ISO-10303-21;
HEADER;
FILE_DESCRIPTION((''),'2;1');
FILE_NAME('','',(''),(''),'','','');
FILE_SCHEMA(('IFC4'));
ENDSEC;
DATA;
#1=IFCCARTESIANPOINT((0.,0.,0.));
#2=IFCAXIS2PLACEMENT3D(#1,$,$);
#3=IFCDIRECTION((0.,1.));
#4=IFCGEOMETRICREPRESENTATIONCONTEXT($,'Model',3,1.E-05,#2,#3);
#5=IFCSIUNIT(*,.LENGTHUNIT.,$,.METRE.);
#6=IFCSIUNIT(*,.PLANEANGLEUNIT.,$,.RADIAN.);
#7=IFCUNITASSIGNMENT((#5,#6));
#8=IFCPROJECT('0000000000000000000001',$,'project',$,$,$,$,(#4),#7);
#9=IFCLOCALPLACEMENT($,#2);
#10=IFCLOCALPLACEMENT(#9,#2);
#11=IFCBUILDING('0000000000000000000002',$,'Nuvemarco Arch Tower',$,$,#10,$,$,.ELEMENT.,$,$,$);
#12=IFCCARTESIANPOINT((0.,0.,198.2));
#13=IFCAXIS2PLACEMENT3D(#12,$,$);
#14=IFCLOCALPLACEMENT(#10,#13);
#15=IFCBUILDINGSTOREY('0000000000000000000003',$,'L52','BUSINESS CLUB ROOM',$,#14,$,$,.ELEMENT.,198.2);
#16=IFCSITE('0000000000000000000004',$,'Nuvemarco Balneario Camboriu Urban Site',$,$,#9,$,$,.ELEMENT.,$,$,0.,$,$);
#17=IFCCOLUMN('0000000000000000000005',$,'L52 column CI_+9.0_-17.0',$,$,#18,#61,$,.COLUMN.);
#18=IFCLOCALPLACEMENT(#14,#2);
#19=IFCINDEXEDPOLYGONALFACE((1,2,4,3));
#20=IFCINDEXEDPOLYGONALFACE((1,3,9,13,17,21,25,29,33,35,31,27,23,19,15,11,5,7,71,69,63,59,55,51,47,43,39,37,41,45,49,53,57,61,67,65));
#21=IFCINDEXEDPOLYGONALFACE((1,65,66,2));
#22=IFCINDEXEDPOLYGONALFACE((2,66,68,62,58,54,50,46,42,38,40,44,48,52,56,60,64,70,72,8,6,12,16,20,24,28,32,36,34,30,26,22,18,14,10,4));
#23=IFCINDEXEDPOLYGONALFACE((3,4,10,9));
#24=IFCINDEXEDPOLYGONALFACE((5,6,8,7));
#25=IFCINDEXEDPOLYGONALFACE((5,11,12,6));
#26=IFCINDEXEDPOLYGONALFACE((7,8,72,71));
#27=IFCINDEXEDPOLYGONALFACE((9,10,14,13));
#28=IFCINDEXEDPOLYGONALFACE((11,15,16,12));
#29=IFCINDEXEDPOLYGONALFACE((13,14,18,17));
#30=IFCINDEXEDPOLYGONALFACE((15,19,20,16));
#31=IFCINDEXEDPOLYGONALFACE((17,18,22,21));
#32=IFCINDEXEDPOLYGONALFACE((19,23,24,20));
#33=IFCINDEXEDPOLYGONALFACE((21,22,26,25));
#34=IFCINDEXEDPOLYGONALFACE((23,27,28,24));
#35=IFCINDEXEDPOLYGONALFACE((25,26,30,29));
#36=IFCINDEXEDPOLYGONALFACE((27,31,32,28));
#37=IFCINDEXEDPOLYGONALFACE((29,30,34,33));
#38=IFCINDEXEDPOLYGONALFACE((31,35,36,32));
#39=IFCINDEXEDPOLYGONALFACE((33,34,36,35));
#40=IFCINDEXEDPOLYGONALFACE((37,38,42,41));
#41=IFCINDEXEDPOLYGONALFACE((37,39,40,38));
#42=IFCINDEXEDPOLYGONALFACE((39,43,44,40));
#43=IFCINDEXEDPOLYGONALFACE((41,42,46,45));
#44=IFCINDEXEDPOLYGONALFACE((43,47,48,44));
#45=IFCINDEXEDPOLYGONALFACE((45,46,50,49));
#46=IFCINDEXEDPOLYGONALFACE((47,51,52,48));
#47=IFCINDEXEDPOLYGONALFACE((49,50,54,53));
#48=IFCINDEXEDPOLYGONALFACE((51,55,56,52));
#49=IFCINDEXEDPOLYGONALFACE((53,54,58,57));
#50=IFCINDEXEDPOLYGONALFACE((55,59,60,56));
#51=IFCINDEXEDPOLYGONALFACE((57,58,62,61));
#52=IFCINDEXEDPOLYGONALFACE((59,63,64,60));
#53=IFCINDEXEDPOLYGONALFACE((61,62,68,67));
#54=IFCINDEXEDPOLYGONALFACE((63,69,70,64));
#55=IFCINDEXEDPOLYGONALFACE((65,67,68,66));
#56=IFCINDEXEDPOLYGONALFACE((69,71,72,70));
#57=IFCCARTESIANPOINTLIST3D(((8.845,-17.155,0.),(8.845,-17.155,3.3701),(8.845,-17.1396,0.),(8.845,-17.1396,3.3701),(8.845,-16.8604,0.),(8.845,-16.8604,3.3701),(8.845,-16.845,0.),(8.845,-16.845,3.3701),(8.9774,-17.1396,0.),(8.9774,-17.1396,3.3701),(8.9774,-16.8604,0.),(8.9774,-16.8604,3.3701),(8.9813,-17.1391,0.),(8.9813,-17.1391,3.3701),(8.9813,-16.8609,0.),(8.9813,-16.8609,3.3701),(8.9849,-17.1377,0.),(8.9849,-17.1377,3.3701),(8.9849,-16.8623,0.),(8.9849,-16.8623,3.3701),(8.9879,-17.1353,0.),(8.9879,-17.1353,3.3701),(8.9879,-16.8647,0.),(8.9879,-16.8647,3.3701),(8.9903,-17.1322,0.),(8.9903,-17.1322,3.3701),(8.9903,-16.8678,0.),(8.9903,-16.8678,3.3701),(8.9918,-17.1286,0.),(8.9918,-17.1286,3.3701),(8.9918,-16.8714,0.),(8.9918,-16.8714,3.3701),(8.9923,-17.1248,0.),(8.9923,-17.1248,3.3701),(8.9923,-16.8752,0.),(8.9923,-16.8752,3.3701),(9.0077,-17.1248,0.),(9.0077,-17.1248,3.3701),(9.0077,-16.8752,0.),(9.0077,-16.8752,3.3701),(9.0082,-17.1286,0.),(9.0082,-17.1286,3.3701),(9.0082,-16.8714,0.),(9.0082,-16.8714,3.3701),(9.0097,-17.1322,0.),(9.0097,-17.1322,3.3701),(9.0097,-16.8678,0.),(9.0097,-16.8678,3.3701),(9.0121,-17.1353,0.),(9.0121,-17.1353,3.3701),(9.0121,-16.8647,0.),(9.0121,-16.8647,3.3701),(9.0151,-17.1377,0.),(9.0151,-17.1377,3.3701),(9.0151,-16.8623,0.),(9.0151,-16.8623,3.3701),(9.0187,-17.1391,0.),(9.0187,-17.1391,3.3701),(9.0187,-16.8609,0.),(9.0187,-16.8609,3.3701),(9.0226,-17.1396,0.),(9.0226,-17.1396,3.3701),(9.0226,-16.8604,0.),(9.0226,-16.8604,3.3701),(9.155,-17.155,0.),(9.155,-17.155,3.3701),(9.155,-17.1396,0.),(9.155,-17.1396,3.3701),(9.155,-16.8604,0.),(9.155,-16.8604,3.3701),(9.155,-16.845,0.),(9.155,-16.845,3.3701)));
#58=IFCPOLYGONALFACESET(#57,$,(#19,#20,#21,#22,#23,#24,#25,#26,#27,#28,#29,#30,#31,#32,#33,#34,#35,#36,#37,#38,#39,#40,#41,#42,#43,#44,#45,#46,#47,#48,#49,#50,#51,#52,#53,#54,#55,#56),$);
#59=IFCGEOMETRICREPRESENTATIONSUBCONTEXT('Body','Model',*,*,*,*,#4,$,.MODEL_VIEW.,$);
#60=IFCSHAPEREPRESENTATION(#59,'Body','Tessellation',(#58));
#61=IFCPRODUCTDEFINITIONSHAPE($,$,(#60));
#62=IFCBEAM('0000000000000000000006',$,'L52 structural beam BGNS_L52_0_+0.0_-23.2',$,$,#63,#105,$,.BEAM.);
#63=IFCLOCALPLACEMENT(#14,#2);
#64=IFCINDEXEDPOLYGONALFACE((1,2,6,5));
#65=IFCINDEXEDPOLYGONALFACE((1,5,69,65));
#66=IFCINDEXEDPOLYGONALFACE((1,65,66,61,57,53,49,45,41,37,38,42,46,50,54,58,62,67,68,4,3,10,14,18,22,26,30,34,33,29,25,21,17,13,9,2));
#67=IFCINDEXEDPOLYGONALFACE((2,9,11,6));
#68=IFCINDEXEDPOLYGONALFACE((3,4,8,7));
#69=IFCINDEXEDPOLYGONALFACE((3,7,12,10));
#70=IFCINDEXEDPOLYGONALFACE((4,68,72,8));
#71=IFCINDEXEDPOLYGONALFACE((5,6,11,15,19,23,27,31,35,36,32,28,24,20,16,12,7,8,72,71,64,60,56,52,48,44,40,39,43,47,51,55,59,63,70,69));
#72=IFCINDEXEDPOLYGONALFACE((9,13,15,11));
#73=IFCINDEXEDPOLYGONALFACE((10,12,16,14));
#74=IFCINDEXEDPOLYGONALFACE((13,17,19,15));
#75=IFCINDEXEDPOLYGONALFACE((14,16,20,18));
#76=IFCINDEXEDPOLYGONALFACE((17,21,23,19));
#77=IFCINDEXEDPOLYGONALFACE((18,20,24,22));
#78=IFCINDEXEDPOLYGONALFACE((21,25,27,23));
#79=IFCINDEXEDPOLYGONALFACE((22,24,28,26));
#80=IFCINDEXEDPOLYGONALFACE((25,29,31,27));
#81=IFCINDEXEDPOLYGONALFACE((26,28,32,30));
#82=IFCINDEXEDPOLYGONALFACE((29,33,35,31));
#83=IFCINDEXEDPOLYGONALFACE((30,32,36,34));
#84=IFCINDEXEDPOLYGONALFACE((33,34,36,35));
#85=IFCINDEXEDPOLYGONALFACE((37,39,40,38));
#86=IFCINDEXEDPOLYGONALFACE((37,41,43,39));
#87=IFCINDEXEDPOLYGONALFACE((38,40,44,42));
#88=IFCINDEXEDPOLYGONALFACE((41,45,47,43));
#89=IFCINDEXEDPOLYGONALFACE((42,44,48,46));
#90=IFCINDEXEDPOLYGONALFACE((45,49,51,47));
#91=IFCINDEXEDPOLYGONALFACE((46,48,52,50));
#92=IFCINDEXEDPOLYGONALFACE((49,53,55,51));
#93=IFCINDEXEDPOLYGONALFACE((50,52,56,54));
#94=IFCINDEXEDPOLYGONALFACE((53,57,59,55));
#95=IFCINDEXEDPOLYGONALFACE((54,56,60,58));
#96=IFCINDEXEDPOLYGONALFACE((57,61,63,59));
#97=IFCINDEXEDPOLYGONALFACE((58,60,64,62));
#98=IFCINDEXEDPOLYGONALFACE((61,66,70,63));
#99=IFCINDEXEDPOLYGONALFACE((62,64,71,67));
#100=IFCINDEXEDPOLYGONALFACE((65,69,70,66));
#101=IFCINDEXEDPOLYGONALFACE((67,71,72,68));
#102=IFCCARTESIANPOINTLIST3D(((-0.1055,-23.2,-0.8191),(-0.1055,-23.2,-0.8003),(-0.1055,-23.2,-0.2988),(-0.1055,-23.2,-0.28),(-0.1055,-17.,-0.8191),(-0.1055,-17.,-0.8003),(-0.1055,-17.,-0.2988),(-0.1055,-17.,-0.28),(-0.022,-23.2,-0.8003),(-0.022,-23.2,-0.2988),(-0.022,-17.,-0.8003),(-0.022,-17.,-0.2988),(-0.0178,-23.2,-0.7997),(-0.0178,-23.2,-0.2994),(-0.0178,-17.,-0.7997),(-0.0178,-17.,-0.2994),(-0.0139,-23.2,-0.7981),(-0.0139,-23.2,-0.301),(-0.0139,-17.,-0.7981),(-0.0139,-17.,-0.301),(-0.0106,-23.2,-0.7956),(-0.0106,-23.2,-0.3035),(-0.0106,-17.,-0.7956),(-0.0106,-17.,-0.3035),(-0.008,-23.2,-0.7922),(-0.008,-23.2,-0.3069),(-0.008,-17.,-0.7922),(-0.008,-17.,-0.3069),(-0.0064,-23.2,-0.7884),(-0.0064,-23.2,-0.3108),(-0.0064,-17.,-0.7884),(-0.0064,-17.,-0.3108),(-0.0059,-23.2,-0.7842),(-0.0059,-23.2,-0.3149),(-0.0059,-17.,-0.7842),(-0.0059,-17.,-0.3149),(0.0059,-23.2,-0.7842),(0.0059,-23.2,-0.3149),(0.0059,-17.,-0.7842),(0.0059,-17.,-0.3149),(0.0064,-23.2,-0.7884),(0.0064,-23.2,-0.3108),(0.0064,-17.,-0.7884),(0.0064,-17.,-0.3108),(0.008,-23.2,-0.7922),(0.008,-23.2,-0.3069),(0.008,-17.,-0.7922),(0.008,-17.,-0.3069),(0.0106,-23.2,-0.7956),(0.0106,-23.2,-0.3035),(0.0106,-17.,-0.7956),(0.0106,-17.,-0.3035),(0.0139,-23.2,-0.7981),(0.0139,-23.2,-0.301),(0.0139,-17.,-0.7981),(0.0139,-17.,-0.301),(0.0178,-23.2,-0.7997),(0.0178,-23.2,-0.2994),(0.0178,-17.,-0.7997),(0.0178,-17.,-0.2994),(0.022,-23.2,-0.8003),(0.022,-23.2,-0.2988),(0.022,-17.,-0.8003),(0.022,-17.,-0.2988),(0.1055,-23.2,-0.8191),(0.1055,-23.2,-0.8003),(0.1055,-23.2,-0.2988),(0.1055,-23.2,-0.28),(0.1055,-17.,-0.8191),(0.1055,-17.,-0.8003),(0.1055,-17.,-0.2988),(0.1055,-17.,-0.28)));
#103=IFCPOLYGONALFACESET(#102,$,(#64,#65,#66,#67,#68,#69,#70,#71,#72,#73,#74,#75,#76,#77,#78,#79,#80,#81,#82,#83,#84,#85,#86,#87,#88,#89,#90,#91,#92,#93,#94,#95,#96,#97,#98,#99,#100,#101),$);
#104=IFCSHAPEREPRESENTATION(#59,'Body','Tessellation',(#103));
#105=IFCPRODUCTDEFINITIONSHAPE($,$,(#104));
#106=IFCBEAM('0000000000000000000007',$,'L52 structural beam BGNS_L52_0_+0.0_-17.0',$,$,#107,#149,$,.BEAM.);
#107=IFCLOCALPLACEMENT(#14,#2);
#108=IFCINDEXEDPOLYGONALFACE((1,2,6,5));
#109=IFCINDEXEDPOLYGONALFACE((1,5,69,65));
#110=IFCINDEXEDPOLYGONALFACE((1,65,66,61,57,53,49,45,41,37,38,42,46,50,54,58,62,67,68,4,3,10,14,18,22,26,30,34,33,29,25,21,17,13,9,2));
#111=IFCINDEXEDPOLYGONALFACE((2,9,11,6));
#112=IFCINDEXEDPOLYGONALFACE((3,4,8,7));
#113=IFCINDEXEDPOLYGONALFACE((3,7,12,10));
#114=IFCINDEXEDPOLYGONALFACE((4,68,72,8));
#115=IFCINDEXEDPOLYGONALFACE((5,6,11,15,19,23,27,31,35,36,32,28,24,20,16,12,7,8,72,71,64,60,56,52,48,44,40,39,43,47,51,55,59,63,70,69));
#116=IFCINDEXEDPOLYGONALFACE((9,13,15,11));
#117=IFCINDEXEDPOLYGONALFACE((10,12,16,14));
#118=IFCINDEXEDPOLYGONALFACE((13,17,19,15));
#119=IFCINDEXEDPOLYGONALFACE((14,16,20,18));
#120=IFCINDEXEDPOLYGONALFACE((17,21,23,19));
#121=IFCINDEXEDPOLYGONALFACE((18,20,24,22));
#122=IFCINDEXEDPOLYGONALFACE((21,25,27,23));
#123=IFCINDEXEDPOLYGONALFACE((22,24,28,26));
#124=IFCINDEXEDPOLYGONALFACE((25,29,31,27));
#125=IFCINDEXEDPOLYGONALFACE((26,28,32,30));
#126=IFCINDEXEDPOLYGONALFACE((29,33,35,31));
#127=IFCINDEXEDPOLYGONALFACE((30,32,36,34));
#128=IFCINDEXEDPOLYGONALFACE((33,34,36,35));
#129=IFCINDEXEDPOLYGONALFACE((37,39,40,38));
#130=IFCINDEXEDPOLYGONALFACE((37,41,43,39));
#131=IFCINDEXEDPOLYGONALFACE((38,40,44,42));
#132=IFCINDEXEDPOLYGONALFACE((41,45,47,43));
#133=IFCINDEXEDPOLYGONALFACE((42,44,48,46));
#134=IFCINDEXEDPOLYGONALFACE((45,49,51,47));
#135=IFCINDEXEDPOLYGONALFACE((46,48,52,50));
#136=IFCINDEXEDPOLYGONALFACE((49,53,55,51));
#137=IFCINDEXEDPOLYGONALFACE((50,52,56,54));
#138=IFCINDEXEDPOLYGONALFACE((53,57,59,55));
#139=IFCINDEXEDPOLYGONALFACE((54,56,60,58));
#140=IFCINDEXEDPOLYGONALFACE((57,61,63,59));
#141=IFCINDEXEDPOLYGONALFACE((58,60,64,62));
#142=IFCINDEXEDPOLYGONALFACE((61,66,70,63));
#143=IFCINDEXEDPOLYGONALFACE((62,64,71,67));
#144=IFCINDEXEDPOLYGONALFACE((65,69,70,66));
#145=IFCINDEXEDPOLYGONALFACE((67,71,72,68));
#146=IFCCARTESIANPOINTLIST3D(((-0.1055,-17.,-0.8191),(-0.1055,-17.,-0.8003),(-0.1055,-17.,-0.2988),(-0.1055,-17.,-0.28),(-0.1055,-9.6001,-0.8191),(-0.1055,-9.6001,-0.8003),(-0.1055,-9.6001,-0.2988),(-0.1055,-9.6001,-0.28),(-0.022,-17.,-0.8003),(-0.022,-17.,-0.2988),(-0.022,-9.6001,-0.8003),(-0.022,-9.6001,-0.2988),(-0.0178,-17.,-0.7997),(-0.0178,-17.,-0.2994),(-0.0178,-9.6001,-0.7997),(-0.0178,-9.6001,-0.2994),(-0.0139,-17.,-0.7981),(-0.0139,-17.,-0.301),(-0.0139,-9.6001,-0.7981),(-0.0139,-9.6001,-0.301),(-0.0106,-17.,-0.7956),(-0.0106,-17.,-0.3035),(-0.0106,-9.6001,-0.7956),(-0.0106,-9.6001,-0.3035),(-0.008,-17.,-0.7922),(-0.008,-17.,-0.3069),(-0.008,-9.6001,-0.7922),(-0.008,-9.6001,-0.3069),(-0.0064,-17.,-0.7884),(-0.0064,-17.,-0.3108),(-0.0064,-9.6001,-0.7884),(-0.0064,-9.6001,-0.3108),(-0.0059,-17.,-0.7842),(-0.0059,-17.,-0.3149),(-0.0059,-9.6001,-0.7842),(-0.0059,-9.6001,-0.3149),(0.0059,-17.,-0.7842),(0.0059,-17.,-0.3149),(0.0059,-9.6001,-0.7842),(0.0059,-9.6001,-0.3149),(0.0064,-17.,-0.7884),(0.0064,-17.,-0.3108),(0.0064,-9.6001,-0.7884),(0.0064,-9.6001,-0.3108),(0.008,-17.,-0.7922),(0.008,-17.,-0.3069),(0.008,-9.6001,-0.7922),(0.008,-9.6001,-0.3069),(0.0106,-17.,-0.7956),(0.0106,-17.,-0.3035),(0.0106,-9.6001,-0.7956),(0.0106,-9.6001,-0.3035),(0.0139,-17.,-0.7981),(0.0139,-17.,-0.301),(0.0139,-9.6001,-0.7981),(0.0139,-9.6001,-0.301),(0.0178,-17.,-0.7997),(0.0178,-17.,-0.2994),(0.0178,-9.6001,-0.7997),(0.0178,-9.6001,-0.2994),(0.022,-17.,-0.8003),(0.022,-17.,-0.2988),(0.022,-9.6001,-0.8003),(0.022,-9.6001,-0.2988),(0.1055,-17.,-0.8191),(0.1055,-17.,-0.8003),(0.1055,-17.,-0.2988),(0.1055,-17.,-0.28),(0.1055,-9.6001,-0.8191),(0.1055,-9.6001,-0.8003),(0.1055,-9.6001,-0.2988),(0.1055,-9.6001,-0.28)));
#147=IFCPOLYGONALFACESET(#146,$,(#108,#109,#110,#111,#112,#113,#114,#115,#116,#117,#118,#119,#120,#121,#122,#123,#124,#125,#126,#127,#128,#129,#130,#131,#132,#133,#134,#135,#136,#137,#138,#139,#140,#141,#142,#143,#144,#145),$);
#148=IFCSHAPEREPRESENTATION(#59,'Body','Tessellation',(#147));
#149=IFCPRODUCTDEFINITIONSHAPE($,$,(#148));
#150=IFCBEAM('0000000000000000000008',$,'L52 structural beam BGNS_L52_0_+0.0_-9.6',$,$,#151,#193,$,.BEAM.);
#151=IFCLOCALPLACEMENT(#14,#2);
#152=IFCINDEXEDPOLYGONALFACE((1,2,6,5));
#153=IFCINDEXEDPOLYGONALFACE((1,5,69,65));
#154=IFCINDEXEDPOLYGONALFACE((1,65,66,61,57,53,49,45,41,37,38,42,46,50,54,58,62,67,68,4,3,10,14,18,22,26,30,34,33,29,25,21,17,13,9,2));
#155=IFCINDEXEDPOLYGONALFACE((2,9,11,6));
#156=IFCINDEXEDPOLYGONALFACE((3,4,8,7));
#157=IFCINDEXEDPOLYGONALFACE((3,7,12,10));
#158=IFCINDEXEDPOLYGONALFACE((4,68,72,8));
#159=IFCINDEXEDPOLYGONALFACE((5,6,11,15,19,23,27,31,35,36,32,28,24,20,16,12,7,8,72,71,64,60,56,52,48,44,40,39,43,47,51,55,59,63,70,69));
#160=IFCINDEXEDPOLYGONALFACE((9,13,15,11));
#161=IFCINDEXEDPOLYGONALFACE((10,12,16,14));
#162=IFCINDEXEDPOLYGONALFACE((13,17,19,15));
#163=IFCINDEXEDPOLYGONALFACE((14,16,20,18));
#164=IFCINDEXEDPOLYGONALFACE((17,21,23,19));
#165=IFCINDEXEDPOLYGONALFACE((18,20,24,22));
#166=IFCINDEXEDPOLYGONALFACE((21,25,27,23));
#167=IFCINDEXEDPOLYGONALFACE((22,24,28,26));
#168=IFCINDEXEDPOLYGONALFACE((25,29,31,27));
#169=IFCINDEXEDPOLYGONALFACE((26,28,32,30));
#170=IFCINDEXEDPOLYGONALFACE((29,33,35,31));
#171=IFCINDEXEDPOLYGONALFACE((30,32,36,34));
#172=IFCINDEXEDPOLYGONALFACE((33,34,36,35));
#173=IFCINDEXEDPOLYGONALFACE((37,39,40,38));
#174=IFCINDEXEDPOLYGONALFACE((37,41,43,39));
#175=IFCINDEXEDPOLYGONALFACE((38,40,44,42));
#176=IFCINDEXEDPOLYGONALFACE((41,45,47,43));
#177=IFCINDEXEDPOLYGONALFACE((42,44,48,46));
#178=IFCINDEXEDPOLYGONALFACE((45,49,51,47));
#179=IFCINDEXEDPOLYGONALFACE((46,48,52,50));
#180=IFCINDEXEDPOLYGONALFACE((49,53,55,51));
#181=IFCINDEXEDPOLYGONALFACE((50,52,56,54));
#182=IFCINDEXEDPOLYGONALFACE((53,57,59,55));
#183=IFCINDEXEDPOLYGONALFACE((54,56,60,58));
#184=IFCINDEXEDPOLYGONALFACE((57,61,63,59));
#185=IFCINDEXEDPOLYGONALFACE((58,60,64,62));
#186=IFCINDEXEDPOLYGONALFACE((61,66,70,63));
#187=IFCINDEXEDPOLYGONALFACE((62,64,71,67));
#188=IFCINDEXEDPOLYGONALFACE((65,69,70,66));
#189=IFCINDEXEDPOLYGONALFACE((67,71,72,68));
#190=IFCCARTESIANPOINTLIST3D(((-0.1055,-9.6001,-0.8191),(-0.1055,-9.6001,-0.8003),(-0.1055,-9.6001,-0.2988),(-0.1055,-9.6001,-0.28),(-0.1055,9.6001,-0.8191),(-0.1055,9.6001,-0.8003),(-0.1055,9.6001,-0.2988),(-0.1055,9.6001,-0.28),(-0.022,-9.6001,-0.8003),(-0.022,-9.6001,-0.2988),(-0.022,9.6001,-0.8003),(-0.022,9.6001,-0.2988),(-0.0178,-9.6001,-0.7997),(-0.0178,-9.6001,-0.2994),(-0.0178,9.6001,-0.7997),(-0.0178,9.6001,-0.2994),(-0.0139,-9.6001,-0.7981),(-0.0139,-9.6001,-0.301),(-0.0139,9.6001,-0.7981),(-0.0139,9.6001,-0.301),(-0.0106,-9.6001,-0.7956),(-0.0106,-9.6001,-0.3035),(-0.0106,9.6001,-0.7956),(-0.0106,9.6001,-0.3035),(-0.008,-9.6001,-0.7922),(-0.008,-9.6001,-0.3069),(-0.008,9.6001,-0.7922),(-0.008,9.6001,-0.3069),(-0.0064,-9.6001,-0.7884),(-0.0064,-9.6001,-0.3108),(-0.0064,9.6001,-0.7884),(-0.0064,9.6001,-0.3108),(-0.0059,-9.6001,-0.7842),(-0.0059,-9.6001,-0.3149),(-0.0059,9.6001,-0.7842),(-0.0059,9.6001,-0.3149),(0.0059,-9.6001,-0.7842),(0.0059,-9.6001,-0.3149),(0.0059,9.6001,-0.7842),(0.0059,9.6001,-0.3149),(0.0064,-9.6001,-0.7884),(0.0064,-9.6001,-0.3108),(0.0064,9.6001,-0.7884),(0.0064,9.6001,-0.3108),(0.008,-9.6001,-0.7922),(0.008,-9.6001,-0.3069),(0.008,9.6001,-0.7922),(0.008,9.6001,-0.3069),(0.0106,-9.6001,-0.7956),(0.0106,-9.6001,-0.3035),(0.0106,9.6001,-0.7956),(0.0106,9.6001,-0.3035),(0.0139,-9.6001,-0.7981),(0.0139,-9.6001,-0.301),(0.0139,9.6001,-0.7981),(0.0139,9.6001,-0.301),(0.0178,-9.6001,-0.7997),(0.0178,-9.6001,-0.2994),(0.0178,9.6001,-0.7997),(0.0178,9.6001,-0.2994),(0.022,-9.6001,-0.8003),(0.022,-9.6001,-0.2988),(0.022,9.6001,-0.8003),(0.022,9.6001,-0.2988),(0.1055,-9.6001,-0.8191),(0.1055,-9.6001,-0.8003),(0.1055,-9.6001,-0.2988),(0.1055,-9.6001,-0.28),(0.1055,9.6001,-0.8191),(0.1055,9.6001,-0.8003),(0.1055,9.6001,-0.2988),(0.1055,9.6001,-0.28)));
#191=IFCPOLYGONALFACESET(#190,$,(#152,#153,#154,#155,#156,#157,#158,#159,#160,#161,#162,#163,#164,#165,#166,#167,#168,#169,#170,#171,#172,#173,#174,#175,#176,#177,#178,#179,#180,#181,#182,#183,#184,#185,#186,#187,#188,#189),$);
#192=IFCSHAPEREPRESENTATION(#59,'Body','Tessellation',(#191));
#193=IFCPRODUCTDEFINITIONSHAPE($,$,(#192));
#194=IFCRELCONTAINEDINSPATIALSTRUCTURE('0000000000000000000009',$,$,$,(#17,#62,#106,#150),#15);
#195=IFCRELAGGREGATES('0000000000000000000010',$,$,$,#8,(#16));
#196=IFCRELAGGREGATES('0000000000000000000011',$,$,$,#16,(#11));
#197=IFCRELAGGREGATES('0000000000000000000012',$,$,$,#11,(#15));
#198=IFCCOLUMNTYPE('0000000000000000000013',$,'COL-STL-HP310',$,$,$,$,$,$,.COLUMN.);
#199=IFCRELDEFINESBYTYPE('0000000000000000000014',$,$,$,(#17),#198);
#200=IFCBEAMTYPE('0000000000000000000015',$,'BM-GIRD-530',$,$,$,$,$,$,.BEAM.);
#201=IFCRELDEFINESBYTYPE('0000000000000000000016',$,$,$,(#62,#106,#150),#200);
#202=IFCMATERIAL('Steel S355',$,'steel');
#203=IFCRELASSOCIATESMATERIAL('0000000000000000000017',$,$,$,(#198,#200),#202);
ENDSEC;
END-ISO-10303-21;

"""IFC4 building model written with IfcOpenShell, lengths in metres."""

from ifc_helpers import new_model, si_unit, direction, frame, origin, origin_2d, place, context, subcontext, project, spatial, i_section, extrude, material, material_profile, profile_set, type_object, element, save


model = new_model("IFC4")

# Units and contexts
model_context = context("Model", 3, precision=1e-05, world=origin(), true_north=direction((0.0, 1.0)))
body_context = subcontext(model_context, "Body", "Model", "MODEL_VIEW")
ifc_project = project(units=[si_unit("LENGTHUNIT", "METRE"), si_unit("PLANEANGLEUNIT", "RADIAN")], contexts=[model_context])

# Site, building, storey
site_placement = place(None, origin())
site = spatial("IfcSite", under=ifc_project, at=site_placement, Name="Nuvemarco Balneario Camboriu Urban Site", CompositionType="ELEMENT", RefElevation=0.0)
building_placement = place(site_placement, origin())
building = spatial("IfcBuilding", under=site, at=building_placement, Name="Nuvemarco Arch Tower", CompositionType="ELEMENT")
storey_placement = place(building_placement, frame((0.0, 0.0, 198.2)))
storey = spatial("IfcBuildingStorey", under=building, at=storey_placement, Name="L52", Description="BUSINESS CLUB ROOM", CompositionType="ELEMENT", Elevation=198.2)

# Column
ifc_material_1 = material(Name="Steel S355", Category="steel")
ifc_material_profile_1 = material_profile(ifc_material_1, i_section(OverallWidth=0.3101, OverallDepth=0.3101, WebThickness=0.0154, FlangeThickness=0.0154, FilletRadius=0.0149, at=origin_2d()), Name="HP310x110")
ifc_profile_set_1 = profile_set([ifc_material_profile_1], Name="Steel S355")
column_type_1 = type_object("IfcColumnType", Name="COL-STL-HP310", PredefinedType="COLUMN", material=ifc_profile_set_1)
for number, where, z_axis, x_axis, name in (
    (1, (9.0, -17.0, 0.0), (0.0, 0.0, 1.0), (1.0, 0.0, 0.0), "L52 column CI_+9.0_-17.0"),
):
    element("IfcColumn", number, at=place(storey_placement, frame(where, z_axis=z_axis, x_axis=x_axis)), inside=storey, type_object=column_type_1, Name=name, PredefinedType="COLUMN", context=body_context, shape_type="SweptSolid", body=[
        extrude(i_section(OverallWidth=0.3101, OverallDepth=0.3101, WebThickness=0.0154, FlangeThickness=0.0154, FilletRadius=0.0149, at=origin_2d()), origin(), (0.0, 0.0, 1.0), 3.3701),
    ])

# Beams
ifc_material_profile_2 = material_profile(ifc_material_1, i_section(OverallWidth=0.2109, OverallDepth=0.5391, WebThickness=0.0117, FlangeThickness=0.0188, FilletRadius=0.0161, at=origin_2d()), Name="W530x109")
ifc_profile_set_2 = profile_set([ifc_material_profile_2], Name="Steel S355")
beam_type_1 = type_object("IfcBeamType", Name="BM-GIRD-530", PredefinedType="BEAM", material=ifc_profile_set_2)
beam_1_placement = place(storey_placement, frame((0.0, -23.2, -0.5496), z_axis=(0.0, 1.0, 0.0), x_axis=(-1.0, 0.0, 0.0)))
element("IfcBeam", 2, at=beam_1_placement, inside=storey, type_object=beam_type_1, Name="L52 structural beam BGNS_L52_0_+0.0_-23.2", PredefinedType="BEAM", context=body_context, shape_type="SweptSolid", body=[
    extrude(i_section(OverallWidth=0.2109, OverallDepth=0.5391, WebThickness=0.0117, FlangeThickness=0.0188, FilletRadius=0.0161, at=origin_2d()), origin(), (0.0, 0.0, 1.0), 6.2),
])
beam_2_placement = place(storey_placement, frame((0.0, -17.0, -0.5496), z_axis=(0.0, 1.0, 0.0), x_axis=(-1.0, 0.0, 0.0)))
element("IfcBeam", 3, at=beam_2_placement, inside=storey, type_object=beam_type_1, Name="L52 structural beam BGNS_L52_0_+0.0_-17.0", PredefinedType="BEAM", context=body_context, shape_type="SweptSolid", body=[
    extrude(i_section(OverallWidth=0.2109, OverallDepth=0.5391, WebThickness=0.0117, FlangeThickness=0.0188, FilletRadius=0.0161, at=origin_2d()), origin(), (0.0, 0.0, 1.0), 7.3999),
])
beam_3_placement = place(storey_placement, frame((0.0, -9.6001, -0.5496), z_axis=(0.0, 1.0, 0.0), x_axis=(-1.0, 0.0, 0.0)))
element("IfcBeam", 4, at=beam_3_placement, inside=storey, type_object=beam_type_1, Name="L52 structural beam BGNS_L52_0_+0.0_-9.6", PredefinedType="BEAM", context=body_context, shape_type="SweptSolid", body=[
    extrude(i_section(OverallWidth=0.2109, OverallDepth=0.5391, WebThickness=0.0117, FlangeThickness=0.0188, FilletRadius=0.0161, at=origin_2d()), origin(), (0.0, 0.0, 1.0), 19.2002),
])

save(model, "model.ifc")
